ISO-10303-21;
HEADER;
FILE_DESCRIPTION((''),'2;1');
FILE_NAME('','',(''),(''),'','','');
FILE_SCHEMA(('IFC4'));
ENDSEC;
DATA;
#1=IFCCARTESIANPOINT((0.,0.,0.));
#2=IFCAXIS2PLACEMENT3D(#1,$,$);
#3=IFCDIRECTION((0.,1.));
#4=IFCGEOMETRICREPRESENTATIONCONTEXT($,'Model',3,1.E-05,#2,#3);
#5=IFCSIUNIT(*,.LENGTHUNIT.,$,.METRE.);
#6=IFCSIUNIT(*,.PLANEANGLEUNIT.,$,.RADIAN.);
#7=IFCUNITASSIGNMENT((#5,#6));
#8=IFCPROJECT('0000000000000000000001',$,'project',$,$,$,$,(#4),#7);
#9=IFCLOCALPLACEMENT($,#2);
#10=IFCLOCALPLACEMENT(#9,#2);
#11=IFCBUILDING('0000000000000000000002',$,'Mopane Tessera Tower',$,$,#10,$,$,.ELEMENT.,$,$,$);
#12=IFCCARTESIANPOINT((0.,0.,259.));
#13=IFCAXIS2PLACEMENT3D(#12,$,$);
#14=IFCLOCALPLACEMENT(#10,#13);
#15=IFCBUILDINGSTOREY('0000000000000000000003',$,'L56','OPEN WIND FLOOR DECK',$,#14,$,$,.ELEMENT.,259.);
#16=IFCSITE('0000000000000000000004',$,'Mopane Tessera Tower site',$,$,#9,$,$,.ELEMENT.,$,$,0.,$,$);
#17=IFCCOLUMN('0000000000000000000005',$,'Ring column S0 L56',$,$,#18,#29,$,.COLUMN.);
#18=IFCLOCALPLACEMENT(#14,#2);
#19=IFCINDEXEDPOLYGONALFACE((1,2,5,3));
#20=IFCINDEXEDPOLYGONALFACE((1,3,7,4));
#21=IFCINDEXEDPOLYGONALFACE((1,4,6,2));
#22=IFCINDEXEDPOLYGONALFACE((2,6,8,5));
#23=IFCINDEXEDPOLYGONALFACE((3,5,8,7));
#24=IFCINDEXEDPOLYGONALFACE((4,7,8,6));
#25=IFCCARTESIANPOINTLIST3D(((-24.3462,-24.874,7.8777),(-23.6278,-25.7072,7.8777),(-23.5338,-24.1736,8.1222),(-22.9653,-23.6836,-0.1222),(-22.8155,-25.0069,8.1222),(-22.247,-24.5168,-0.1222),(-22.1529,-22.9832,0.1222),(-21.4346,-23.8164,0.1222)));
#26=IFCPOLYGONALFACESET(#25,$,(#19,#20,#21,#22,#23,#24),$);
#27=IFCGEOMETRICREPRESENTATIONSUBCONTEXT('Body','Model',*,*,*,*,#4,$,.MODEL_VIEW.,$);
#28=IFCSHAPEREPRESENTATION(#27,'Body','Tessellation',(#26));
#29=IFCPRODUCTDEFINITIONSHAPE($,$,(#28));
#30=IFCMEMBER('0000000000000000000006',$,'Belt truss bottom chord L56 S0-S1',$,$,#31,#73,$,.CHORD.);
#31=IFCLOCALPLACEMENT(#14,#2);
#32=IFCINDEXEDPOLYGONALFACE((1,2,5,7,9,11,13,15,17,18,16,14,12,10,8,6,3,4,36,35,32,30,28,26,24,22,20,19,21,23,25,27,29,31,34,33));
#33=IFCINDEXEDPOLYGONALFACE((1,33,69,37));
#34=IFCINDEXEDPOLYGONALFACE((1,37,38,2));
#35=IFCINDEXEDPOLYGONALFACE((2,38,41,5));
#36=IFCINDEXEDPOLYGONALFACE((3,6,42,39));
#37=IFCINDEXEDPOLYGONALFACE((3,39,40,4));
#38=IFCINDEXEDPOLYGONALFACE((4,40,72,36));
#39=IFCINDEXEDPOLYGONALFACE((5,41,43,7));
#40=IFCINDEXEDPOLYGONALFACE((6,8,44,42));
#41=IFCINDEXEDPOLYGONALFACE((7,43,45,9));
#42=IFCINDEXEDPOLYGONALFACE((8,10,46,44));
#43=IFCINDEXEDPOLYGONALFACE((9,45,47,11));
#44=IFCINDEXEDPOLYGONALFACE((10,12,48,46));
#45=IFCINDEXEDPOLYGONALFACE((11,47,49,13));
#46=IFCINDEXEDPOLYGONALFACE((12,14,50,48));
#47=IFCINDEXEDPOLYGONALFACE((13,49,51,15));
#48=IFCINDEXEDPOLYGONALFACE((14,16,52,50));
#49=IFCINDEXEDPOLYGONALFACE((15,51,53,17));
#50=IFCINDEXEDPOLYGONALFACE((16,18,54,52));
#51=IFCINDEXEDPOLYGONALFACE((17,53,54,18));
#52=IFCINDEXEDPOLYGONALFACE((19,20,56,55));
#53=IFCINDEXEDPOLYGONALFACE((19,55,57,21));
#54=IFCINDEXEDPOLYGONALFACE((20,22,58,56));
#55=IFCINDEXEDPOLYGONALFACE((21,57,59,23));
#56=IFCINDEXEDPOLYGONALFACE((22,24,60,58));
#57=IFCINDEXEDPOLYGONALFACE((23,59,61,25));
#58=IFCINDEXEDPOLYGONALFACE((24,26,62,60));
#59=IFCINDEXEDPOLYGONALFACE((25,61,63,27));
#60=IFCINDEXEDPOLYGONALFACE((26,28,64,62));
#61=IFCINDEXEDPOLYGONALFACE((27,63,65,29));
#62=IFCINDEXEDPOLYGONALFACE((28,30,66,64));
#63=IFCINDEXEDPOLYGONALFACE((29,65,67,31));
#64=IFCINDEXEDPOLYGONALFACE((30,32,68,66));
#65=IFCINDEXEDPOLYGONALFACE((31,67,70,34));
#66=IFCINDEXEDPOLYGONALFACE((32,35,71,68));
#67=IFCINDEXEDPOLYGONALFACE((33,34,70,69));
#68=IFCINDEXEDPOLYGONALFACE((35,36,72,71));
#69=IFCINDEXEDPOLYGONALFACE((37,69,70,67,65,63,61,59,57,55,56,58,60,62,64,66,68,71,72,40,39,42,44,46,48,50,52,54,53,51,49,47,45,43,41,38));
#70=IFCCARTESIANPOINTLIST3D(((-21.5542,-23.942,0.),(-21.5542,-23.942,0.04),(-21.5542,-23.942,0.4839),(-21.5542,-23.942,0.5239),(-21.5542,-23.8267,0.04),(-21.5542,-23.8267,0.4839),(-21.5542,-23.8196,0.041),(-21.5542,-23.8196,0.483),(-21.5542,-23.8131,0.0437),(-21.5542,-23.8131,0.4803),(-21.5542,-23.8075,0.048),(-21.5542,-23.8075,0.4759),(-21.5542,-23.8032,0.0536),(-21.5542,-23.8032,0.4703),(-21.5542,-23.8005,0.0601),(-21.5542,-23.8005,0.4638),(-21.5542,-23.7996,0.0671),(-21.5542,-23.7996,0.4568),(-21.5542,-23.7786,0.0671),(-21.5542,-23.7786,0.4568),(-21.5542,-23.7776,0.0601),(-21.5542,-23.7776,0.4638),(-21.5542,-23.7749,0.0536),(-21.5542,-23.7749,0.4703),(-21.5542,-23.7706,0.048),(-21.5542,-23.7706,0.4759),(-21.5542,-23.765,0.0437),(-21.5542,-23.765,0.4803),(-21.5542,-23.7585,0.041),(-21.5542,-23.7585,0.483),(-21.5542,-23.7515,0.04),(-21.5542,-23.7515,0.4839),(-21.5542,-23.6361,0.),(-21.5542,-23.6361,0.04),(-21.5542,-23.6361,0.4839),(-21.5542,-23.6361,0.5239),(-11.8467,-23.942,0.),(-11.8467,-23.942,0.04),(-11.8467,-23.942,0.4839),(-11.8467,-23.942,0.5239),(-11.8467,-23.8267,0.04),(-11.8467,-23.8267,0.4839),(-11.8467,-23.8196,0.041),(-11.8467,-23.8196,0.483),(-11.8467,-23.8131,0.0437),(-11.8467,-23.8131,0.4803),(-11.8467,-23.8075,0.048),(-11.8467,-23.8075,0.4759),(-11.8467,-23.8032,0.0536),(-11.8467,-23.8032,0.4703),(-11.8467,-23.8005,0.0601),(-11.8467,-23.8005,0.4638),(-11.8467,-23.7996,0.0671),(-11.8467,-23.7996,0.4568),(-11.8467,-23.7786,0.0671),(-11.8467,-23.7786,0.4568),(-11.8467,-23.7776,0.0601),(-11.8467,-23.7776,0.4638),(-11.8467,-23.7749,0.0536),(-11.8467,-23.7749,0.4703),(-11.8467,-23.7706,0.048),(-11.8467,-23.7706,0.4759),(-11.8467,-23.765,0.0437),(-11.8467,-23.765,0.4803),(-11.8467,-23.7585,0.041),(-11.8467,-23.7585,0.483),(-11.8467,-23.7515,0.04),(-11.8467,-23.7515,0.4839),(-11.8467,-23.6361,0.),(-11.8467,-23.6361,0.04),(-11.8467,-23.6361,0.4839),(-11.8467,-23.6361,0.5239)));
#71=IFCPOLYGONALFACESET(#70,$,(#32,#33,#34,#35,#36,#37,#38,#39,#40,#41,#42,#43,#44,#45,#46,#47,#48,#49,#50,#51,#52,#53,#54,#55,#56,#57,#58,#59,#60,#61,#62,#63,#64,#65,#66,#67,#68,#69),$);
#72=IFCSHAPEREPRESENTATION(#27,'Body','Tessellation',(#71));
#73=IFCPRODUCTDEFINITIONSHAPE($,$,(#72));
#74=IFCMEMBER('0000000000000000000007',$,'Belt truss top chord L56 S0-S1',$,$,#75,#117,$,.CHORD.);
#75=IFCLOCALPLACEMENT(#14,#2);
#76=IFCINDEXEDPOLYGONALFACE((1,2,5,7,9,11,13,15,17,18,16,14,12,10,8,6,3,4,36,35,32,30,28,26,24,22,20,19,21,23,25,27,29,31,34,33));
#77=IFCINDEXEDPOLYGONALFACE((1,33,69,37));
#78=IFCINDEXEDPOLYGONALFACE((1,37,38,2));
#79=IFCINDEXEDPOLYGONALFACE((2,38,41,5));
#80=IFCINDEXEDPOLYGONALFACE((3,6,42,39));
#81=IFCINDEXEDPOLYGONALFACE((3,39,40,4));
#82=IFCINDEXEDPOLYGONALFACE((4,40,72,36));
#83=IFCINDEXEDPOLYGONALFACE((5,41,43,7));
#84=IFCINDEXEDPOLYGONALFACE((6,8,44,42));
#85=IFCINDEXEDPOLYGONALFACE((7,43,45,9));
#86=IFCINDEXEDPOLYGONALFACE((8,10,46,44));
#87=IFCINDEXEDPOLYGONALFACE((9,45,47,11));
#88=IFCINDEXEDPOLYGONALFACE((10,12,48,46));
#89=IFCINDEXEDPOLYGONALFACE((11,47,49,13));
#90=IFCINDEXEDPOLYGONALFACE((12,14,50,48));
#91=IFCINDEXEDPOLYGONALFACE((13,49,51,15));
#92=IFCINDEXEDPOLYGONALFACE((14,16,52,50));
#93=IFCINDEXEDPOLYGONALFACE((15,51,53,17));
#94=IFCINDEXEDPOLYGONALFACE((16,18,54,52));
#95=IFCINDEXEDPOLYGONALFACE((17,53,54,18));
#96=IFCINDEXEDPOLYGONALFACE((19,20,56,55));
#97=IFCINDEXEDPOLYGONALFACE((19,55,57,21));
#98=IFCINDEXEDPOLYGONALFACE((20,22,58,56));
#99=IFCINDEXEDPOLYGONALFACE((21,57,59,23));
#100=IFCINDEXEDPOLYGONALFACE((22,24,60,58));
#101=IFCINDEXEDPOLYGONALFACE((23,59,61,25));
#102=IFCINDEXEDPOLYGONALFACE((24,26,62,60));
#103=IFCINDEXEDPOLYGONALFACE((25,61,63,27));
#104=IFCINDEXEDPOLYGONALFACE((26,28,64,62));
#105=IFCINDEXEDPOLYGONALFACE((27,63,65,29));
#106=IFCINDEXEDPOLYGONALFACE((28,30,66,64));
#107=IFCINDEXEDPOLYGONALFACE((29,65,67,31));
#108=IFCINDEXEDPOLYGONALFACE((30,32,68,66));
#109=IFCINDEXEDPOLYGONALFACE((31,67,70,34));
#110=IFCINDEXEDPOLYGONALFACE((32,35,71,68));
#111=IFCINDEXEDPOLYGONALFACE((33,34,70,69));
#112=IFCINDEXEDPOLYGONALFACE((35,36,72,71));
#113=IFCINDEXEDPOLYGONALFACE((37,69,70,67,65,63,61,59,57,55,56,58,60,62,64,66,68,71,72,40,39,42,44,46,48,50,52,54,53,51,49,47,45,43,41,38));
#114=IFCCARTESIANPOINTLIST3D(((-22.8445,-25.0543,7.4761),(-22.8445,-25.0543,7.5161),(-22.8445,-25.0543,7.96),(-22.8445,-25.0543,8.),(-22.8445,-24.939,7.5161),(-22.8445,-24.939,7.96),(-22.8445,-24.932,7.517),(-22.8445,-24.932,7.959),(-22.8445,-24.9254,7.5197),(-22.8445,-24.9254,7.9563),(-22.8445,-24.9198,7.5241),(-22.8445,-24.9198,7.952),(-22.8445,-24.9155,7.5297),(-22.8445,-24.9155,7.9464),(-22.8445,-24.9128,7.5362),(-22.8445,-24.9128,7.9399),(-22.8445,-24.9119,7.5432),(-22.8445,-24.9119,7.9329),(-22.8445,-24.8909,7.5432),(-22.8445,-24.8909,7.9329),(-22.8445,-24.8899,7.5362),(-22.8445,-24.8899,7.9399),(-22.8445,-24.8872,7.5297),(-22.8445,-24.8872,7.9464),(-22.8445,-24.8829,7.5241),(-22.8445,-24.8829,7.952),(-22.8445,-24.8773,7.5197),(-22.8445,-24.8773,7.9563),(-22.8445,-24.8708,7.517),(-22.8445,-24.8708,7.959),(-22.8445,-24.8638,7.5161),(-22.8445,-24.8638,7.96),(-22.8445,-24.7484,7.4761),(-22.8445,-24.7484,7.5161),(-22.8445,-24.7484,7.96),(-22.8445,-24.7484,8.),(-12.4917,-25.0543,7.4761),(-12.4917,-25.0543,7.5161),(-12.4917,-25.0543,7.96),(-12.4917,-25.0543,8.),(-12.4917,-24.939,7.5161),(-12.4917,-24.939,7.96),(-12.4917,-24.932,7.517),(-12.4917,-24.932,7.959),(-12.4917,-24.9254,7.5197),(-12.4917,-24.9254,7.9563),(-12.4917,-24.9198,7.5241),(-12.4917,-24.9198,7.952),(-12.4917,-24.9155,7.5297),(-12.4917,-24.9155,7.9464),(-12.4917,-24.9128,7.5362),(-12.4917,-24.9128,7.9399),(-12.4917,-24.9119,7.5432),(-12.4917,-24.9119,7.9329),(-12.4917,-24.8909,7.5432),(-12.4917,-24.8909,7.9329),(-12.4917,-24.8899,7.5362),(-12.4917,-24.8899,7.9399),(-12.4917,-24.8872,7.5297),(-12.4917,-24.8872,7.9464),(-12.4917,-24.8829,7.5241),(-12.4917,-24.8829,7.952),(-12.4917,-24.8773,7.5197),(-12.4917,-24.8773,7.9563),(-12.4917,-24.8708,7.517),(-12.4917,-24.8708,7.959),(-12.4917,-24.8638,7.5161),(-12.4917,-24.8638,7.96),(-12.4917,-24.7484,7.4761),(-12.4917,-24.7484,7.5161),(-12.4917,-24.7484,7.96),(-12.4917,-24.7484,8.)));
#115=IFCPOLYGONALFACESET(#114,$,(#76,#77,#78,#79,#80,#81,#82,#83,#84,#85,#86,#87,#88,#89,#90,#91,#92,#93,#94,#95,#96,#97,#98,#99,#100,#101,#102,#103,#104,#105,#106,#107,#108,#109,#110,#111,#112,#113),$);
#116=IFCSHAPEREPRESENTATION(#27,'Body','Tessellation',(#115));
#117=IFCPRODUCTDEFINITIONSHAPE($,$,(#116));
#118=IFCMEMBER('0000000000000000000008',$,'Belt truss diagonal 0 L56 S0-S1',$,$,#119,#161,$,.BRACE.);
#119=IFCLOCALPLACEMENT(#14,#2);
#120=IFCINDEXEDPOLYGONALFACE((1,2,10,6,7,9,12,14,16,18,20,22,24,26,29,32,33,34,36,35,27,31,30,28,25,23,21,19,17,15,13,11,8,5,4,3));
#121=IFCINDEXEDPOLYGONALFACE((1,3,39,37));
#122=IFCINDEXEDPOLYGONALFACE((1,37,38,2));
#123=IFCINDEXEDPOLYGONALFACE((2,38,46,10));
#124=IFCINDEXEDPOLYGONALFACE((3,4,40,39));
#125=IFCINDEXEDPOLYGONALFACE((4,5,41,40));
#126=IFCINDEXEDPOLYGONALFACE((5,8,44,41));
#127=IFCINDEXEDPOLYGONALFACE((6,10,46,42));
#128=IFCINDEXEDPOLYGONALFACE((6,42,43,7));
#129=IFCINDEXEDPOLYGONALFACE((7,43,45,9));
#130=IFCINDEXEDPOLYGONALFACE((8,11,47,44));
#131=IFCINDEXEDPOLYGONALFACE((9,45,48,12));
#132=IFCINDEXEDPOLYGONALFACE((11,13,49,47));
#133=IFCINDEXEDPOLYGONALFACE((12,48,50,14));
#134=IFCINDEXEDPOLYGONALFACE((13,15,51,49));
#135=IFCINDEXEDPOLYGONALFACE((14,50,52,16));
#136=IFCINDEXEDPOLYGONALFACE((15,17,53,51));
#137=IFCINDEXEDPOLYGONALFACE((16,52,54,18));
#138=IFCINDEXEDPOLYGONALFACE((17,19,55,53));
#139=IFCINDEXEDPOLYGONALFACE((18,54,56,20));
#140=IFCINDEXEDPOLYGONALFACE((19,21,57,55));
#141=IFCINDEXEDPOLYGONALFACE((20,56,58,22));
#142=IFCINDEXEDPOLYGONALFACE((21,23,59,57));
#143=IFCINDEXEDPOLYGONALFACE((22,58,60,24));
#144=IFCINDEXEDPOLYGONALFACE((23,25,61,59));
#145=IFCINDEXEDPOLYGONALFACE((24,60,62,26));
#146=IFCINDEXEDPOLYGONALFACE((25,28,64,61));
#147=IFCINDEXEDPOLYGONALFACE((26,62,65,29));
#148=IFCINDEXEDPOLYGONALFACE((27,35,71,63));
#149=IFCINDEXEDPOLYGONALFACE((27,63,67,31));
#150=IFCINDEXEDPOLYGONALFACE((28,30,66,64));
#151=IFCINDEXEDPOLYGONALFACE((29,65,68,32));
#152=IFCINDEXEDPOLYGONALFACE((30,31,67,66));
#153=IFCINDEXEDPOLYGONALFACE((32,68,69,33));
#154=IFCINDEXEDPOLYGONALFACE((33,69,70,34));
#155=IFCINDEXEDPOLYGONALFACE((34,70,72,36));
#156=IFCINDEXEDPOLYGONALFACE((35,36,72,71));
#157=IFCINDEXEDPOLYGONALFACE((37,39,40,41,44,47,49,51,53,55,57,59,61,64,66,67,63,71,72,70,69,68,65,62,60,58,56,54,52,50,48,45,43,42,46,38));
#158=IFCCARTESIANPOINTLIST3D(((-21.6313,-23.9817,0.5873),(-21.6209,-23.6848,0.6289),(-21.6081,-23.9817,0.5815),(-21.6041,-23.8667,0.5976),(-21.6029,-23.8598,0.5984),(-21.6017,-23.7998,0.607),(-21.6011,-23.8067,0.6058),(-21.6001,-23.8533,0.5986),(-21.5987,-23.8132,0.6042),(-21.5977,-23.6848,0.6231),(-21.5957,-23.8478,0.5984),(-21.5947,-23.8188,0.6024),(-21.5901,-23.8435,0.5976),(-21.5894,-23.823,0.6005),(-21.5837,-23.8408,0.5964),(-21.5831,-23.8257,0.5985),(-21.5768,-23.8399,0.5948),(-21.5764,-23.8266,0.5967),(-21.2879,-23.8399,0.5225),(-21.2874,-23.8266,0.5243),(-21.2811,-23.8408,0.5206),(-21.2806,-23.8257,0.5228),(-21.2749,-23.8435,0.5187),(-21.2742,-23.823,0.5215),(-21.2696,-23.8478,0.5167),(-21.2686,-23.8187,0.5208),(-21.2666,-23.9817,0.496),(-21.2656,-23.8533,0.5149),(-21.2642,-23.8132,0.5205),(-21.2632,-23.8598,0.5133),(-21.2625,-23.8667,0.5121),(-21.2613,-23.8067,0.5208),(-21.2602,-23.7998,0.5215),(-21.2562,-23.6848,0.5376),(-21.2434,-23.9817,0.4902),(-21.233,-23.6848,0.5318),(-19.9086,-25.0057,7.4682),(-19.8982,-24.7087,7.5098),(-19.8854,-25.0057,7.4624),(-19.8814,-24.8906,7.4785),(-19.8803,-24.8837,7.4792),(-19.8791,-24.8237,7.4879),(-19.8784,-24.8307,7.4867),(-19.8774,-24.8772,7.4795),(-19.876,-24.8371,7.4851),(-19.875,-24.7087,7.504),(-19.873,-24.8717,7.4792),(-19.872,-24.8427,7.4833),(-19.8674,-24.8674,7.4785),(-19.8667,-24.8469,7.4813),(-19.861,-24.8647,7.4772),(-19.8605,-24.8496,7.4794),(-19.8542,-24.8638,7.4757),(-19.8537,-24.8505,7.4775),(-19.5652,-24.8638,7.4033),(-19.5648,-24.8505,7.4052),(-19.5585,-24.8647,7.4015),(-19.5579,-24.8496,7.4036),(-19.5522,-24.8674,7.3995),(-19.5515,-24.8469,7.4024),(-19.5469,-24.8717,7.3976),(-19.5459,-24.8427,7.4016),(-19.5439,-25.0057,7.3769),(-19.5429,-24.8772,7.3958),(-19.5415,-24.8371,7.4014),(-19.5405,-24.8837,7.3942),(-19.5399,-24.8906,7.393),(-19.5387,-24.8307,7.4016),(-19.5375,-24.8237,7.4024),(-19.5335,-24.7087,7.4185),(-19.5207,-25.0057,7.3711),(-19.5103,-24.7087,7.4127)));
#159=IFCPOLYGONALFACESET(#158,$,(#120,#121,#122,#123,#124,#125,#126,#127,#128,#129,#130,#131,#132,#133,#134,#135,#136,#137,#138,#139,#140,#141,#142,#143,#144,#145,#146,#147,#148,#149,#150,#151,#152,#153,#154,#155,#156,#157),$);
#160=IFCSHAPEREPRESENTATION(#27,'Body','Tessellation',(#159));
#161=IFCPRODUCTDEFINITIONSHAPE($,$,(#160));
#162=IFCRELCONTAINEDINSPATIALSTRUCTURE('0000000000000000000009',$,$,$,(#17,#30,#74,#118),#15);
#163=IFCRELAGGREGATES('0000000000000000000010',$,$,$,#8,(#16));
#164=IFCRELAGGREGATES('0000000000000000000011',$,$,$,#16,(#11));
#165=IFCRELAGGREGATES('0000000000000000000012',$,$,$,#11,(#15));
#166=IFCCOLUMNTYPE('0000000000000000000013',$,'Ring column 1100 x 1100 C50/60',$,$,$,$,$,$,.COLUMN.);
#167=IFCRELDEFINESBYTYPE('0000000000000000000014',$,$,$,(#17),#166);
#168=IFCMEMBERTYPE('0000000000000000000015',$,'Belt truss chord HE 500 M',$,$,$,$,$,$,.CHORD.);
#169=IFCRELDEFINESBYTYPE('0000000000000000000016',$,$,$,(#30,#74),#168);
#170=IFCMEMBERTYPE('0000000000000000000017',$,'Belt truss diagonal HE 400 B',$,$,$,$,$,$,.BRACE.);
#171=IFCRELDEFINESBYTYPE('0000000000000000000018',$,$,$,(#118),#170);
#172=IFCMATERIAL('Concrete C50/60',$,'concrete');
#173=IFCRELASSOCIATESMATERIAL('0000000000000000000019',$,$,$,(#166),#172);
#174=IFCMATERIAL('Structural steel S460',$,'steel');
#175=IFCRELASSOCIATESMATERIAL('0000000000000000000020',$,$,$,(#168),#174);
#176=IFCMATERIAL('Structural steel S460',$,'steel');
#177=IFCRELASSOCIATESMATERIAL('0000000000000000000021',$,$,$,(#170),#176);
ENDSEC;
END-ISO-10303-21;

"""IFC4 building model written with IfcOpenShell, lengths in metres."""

from ifc_helpers import new_model, si_unit, direction, frame, origin, origin_2d, place, context, subcontext, project, spatial, rectangle, i_section, extrude, material, material_profile, profile_set, type_object, element, save


model = new_model("IFC4")

# Units and contexts
model_context = context("Model", 3, precision=1e-05, world=origin(), true_north=direction((0.0, 1.0)))
body_context = subcontext(model_context, "Body", "Model", "MODEL_VIEW")
ifc_project = project(units=[si_unit("LENGTHUNIT", "METRE"), si_unit("PLANEANGLEUNIT", "RADIAN")], contexts=[model_context])

# Site, building, storey
site_placement = place(None, origin())
site = spatial("IfcSite", under=ifc_project, at=site_placement, Name="Mopane Tessera Tower site", CompositionType="ELEMENT", RefElevation=0.0)
building_placement = place(site_placement, origin())
building = spatial("IfcBuilding", under=site, at=building_placement, Name="Mopane Tessera Tower", CompositionType="ELEMENT")
storey_placement = place(building_placement, frame((0.0, 0.0, 259.0)))
storey = spatial("IfcBuildingStorey", under=building, at=storey_placement, Name="L56", Description="OPEN WIND FLOOR DECK", CompositionType="ELEMENT", Elevation=259.0)

# Column
ifc_material_1 = material(Name="Concrete C50/60", Category="concrete")
ifc_material_profile_1 = material_profile(ifc_material_1, rectangle(XDim=1.1001, YDim=1.1001, at=origin_2d()))
ifc_profile_set_1 = profile_set([ifc_material_profile_1], Name="Concrete C50/60")
column_type = type_object("IfcColumnType", Name="Ring column 1100 x 1100 C50/60", PredefinedType="COLUMN", material=ifc_profile_set_1)
column_placement = place(storey_placement, frame((-22.2, -23.75, 0.0), z_axis=(-0.168293, -0.145084, 0.975002), x_axis=(0.65295, -0.757401, 0.0)))
element("IfcColumn", 1, at=column_placement, inside=storey, type_object=column_type, Name="Ring column S0 L56", PredefinedType="COLUMN", context=body_context, shape_type="SweptSolid", body=[
    extrude(rectangle(XDim=1.1001, YDim=1.1001, at=origin_2d()), origin(), (0.0, 0.0, 1.0), 8.2051),
])

# Members
ifc_material_2 = material(Name="Structural steel S460", Category="steel")
ifc_material_profile_2 = material_profile(ifc_material_2, i_section(OverallWidth=0.3059, OverallDepth=0.5239, WebThickness=0.021, FlangeThickness=0.04, FilletRadius=0.0271, at=origin_2d()))
ifc_profile_set_2 = profile_set([ifc_material_profile_2], Name="Structural steel S460")
member_type_1 = type_object("IfcMemberType", Name="Belt truss chord HE 500 M", PredefinedType="CHORD", material=ifc_profile_set_2)
member_1_placement = place(storey_placement, frame((-21.5542, -23.7891, 0.262), z_axis=(1.0, 0.0, 0.0), x_axis=(0.0, 1.0, 0.0)))
element("IfcMember", 2, at=member_1_placement, inside=storey, type_object=member_type_1, Name="Belt truss bottom chord L56 S0-S1", PredefinedType="CHORD", context=body_context, shape_type="SweptSolid", body=[
    extrude(i_section(OverallWidth=0.3059, OverallDepth=0.5239, WebThickness=0.021, FlangeThickness=0.04, FilletRadius=0.0271, at=origin_2d()), origin(), (0.0, 0.0, 1.0), 9.7075),
])
member_2_placement = place(storey_placement, frame((-22.8445, -24.9014, 7.738), z_axis=(1.0, 0.0, 0.0), x_axis=(0.0, 1.0, 0.0)))
element("IfcMember", 3, at=member_2_placement, inside=storey, type_object=member_type_1, Name="Belt truss top chord L56 S0-S1", PredefinedType="CHORD", context=body_context, shape_type="SweptSolid", body=[
    extrude(i_section(OverallWidth=0.3059, OverallDepth=0.5239, WebThickness=0.021, FlangeThickness=0.04, FilletRadius=0.0271, at=origin_2d()), origin(), (0.0, 0.0, 1.0), 10.3528),
])
ifc_material_3 = material(Name="Structural steel S460", Category="steel")
ifc_material_profile_3 = material_profile(ifc_material_3, i_section(OverallWidth=0.3, OverallDepth=0.3999, WebThickness=0.0134, FlangeThickness=0.0239, FilletRadius=0.0271, at=origin_2d()))
ifc_profile_set_3 = profile_set([ifc_material_profile_3], Name="Structural steel S460")
member_type_2 = type_object("IfcMemberType", Name="Belt truss diagonal HE 400 B", PredefinedType="BRACE", material=ifc_profile_set_3)
member_3_placement = place(storey_placement, frame((-21.4321, -23.8333, 0.5596), z_axis=(0.240368, -0.142872, 0.96011), x_axis=(0.034683, 0.989741, 0.138598)))
element("IfcMember", 4, at=member_3_placement, inside=storey, type_object=member_type_2, Name="Belt truss diagonal 0 L56 S0-S1", PredefinedType="BRACE", context=body_context, shape_type="SweptSolid", body=[
    extrude(i_section(OverallWidth=0.3, OverallDepth=0.3999, WebThickness=0.0134, FlangeThickness=0.0239, FilletRadius=0.0271, at=origin_2d()), origin(), (0.0, 0.0, 1.0), 7.1667),
])

save(model, "model.ifc")
